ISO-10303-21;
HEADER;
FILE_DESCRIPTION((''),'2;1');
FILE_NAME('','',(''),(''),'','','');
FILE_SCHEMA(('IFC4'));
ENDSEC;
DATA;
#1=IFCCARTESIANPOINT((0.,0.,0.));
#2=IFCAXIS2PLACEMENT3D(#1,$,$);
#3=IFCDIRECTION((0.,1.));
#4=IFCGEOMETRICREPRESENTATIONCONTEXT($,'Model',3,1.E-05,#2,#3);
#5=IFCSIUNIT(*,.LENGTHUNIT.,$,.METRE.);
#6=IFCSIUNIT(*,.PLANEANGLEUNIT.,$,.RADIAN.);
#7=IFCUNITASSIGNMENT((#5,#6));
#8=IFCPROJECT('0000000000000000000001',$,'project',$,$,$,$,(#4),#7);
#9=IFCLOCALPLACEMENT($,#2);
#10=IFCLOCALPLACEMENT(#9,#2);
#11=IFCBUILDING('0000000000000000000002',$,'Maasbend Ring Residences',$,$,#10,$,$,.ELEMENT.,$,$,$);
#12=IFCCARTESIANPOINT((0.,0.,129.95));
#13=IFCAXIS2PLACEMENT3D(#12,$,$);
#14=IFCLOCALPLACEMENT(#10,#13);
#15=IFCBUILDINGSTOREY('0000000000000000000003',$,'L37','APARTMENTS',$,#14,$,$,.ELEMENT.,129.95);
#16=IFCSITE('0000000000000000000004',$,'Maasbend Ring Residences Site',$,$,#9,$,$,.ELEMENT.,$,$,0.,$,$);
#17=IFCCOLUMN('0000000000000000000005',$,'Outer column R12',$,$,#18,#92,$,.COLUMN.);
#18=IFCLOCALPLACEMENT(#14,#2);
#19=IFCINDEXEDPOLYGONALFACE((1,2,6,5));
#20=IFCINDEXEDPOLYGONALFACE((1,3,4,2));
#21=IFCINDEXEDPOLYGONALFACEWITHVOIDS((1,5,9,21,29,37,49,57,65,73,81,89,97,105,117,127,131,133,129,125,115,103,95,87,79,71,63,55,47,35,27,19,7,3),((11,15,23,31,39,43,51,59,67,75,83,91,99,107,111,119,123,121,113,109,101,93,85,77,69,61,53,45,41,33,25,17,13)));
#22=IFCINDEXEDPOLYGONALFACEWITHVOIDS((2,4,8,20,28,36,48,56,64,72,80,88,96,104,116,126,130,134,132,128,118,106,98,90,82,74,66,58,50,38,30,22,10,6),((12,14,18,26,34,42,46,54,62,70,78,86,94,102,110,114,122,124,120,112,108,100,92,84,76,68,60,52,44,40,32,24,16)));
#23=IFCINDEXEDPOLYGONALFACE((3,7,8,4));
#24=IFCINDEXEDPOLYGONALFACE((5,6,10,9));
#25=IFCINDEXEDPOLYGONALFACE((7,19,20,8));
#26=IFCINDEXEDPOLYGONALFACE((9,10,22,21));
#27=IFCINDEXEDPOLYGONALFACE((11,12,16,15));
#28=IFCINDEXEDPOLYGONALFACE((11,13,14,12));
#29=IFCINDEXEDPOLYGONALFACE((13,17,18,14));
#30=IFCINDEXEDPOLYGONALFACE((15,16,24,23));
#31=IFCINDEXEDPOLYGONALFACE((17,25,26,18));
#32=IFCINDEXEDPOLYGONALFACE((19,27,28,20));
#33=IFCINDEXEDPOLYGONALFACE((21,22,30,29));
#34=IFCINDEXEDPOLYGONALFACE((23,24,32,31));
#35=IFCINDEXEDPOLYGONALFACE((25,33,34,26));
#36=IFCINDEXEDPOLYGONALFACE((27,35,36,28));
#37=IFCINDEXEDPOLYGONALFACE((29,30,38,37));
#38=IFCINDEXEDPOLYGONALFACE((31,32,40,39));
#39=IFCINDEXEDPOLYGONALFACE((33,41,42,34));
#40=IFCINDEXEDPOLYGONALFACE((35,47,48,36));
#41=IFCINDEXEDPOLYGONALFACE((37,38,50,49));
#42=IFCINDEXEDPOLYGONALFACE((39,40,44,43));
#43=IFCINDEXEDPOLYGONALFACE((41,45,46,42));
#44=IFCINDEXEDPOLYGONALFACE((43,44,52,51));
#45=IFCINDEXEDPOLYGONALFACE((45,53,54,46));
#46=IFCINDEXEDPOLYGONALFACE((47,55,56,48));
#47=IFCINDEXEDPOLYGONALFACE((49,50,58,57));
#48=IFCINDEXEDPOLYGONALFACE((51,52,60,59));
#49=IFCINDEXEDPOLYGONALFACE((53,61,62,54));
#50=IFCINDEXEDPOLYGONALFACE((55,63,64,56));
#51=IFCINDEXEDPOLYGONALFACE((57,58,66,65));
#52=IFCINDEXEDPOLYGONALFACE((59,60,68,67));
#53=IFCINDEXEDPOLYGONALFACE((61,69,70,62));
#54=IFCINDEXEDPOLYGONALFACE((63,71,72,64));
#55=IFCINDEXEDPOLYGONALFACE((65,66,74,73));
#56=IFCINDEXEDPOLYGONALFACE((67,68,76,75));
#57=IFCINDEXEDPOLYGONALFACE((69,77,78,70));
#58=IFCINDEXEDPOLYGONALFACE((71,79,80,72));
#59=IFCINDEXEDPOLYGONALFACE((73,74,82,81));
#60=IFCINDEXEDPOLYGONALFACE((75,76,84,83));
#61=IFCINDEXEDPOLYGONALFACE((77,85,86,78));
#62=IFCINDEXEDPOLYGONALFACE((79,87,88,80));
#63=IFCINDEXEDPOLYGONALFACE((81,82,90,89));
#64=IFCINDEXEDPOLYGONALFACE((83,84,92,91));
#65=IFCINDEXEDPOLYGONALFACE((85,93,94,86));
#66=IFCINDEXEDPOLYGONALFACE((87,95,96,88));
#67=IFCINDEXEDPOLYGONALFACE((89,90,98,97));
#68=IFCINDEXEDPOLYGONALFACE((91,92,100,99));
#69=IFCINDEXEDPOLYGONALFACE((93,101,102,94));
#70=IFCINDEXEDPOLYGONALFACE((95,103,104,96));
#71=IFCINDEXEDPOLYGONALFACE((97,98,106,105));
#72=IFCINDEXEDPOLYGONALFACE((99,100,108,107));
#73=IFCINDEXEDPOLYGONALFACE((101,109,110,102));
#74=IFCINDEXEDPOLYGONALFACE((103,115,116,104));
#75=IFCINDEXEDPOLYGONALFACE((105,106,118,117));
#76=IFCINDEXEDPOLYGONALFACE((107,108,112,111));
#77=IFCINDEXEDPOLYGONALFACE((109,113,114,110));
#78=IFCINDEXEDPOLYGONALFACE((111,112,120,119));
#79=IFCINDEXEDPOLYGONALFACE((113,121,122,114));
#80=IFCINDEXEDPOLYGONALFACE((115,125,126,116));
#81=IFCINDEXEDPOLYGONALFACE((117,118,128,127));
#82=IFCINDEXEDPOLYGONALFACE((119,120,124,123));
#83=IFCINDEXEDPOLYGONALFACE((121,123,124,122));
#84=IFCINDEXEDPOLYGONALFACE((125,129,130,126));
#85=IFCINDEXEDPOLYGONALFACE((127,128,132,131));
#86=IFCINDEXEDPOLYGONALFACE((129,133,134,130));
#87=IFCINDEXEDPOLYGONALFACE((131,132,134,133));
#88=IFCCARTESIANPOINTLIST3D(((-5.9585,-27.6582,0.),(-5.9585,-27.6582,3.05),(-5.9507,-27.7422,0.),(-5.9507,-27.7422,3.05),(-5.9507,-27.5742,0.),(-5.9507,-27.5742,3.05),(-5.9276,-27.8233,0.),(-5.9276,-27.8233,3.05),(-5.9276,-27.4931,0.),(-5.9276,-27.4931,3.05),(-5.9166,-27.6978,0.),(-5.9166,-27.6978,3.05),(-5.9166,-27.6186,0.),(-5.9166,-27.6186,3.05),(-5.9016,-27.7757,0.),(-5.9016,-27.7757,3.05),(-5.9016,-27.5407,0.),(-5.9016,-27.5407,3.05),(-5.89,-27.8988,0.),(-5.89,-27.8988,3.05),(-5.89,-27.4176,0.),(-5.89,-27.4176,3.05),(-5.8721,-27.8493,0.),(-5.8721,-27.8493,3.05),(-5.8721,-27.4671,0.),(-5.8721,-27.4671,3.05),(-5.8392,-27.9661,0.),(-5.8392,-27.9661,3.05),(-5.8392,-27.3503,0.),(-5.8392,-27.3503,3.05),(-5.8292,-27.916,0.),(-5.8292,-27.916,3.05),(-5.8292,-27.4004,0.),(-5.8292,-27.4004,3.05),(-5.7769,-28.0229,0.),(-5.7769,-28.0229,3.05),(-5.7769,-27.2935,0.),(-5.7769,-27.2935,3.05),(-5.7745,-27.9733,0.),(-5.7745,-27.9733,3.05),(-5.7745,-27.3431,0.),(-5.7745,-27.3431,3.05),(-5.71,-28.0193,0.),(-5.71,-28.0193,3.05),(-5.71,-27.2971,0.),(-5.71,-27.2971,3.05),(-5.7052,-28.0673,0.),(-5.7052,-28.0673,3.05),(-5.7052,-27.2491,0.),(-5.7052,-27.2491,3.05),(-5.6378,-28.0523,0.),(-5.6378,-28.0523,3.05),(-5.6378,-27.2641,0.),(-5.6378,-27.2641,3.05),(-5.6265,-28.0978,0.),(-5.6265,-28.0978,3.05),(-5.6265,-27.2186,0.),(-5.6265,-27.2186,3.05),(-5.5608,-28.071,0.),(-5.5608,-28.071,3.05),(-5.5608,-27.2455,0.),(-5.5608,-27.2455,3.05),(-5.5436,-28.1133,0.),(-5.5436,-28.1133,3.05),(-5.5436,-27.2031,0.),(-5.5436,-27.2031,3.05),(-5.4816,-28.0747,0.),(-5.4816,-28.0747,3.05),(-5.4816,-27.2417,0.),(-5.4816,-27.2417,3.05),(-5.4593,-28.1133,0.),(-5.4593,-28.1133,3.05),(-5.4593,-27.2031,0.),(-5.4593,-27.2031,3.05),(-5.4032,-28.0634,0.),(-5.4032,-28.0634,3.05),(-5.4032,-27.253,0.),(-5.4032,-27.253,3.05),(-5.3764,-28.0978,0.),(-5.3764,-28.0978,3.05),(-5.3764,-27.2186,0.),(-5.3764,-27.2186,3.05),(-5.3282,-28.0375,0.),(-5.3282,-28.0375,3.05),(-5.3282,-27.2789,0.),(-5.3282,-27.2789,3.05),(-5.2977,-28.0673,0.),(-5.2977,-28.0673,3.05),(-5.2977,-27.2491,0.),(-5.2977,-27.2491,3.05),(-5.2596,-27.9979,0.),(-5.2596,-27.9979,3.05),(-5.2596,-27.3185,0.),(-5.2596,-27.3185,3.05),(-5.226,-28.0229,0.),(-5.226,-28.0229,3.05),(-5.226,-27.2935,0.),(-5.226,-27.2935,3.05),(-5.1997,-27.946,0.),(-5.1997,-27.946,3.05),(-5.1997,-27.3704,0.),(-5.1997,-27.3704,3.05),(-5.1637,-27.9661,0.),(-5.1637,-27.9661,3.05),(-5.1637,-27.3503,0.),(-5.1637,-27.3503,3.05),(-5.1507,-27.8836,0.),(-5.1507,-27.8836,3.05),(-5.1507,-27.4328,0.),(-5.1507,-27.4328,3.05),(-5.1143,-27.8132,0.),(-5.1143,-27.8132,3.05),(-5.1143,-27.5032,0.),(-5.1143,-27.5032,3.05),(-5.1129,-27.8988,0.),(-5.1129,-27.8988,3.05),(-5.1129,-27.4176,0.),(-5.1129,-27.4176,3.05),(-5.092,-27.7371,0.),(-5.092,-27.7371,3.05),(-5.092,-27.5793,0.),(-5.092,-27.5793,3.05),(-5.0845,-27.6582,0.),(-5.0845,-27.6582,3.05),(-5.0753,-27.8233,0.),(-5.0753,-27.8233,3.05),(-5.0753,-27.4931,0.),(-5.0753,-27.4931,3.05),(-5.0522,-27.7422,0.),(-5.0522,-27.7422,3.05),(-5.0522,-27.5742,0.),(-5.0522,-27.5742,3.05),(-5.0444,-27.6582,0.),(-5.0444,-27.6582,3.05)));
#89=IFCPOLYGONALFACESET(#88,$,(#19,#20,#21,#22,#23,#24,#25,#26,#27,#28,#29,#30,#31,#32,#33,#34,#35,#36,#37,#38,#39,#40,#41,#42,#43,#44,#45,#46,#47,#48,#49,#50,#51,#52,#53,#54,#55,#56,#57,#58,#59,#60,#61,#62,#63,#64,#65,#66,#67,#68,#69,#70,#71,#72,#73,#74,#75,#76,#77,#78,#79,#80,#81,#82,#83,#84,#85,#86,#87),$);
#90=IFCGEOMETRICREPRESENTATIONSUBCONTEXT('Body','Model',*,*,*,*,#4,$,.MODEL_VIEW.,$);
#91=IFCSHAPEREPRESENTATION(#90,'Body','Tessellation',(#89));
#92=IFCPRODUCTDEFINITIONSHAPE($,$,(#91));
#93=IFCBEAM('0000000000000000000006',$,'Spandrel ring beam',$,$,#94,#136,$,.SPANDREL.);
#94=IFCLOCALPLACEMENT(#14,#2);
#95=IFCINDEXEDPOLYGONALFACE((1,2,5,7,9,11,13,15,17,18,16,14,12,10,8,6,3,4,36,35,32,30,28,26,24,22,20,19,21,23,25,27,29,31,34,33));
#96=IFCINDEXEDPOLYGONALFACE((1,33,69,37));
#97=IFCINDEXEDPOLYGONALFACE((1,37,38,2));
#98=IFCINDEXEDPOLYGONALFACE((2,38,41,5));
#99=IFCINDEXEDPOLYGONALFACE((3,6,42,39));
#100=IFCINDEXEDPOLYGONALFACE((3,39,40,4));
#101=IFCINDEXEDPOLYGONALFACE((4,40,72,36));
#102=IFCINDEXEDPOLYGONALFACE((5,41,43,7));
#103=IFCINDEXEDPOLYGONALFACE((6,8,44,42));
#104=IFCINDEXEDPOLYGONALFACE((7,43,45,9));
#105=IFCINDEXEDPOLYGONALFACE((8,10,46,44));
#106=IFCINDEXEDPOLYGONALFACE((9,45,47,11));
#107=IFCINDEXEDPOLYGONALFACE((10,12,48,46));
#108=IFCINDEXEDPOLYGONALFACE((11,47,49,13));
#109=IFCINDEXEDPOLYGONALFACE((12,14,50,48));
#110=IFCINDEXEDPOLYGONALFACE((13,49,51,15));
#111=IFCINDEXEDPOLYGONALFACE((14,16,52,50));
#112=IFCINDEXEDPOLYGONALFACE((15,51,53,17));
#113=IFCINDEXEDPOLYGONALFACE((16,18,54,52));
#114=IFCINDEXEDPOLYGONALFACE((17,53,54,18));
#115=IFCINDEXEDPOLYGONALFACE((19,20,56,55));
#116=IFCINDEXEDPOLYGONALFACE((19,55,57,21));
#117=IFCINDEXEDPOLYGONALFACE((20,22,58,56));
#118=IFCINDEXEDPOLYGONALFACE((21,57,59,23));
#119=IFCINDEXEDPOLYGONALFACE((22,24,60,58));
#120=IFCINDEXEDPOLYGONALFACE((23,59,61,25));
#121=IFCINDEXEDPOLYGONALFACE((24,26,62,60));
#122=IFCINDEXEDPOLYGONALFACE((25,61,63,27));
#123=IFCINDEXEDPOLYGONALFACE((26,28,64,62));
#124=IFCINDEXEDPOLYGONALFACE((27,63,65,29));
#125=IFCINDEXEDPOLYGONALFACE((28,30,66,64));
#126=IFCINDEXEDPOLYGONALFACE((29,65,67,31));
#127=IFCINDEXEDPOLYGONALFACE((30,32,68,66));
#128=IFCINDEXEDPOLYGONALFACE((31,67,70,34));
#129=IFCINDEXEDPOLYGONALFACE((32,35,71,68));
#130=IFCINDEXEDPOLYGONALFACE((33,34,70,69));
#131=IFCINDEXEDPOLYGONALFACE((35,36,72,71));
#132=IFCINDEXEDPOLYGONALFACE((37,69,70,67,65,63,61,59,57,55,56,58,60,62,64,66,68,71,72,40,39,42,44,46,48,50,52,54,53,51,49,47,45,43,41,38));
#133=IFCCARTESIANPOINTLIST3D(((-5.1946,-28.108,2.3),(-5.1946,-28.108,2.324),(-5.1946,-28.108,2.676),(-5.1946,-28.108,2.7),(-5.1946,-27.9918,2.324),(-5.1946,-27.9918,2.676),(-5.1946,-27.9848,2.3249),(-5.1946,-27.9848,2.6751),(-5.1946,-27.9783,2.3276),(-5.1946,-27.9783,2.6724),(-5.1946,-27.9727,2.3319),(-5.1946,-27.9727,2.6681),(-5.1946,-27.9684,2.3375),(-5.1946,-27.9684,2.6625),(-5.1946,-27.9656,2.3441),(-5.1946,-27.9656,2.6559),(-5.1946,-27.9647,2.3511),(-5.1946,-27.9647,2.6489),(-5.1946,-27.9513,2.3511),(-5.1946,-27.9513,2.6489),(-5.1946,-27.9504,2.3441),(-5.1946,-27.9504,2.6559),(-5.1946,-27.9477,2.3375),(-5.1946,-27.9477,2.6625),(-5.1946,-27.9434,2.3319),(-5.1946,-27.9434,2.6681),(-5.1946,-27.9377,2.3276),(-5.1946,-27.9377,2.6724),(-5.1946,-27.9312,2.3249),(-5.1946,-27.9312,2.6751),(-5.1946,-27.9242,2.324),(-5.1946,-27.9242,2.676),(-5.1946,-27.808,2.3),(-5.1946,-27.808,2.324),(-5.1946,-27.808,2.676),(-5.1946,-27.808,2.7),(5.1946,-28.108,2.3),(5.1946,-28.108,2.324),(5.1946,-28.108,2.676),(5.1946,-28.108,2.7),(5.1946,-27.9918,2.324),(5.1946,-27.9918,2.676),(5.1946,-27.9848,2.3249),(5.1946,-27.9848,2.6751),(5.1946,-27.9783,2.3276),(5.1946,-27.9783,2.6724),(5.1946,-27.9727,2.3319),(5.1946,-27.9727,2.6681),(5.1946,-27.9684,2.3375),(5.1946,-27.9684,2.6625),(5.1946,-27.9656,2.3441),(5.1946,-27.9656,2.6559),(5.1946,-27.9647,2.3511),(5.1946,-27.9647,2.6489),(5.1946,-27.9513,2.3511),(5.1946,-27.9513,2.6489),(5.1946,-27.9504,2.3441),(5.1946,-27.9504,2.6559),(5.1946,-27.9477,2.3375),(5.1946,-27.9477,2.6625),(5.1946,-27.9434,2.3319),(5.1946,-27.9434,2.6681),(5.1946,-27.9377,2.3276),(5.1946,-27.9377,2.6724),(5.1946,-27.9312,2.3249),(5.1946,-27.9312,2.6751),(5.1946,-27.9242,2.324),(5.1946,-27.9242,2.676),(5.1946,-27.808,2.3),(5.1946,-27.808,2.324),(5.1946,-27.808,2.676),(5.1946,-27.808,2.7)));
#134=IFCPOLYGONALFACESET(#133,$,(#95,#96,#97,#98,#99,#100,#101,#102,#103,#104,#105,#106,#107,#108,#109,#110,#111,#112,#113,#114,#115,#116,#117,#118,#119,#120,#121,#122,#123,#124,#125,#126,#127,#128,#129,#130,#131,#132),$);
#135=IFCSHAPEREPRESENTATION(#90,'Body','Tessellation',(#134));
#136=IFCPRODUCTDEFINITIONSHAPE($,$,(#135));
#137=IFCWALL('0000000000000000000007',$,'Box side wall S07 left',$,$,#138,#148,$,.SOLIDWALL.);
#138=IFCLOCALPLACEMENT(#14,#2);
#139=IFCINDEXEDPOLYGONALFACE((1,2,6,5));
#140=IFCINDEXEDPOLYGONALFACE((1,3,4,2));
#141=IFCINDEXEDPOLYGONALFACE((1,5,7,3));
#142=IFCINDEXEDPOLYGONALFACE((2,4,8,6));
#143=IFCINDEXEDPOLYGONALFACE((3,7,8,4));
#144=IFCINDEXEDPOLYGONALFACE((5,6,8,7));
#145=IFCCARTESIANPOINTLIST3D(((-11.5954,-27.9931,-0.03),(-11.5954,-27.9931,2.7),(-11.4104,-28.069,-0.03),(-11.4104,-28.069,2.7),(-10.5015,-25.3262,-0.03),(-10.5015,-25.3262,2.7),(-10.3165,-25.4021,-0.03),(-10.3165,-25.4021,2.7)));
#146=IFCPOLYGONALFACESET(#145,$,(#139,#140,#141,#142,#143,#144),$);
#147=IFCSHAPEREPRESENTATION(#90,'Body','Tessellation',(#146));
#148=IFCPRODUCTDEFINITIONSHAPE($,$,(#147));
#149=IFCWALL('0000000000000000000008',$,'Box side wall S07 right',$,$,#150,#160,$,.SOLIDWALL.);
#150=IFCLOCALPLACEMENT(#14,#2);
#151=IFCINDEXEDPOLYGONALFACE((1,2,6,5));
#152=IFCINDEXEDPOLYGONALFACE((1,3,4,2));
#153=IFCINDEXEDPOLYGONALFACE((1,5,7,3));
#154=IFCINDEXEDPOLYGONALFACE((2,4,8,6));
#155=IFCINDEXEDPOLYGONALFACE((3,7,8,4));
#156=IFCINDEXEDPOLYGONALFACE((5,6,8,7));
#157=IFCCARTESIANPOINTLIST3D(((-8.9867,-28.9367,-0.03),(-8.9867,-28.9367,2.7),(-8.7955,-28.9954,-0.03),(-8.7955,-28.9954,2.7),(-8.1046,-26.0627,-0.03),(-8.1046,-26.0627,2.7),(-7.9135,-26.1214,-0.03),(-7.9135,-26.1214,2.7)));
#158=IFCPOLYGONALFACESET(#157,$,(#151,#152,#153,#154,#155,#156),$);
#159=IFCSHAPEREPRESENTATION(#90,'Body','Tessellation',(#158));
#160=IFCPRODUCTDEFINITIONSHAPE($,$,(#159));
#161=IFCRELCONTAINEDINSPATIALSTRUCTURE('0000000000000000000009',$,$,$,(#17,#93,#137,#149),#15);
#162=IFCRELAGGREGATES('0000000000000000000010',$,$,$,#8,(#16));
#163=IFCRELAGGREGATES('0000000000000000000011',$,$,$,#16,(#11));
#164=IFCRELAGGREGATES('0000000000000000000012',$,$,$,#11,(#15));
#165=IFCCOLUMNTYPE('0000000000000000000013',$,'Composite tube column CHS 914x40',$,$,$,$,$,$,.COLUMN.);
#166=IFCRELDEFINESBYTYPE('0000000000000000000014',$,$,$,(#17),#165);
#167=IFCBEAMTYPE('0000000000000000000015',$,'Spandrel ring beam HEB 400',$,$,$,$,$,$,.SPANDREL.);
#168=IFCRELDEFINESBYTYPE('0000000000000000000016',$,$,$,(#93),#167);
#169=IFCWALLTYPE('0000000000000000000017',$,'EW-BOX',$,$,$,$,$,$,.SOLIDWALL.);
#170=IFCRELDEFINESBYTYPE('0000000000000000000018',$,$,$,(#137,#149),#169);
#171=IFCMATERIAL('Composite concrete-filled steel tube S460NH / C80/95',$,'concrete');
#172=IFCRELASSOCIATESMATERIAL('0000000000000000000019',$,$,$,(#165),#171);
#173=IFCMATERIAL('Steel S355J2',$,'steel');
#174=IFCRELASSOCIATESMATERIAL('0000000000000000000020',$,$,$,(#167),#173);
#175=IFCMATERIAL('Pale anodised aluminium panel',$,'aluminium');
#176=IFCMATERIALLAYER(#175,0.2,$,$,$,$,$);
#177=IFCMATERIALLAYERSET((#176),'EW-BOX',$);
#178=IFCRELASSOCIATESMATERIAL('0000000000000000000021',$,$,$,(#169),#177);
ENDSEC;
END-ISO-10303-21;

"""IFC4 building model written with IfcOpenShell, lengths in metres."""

from ifc_helpers import new_model, si_unit, direction, frame, frame_2d, origin, origin_2d, place, context, subcontext, project, spatial, rectangle, hollow_circle, i_section, extrude, material, layer, layer_set, material_profile, profile_set, type_object, element, save


model = new_model("IFC4")

# Units and contexts
model_context = context("Model", 3, precision=1e-05, world=origin(), true_north=direction((0.0, 1.0)))
body_context = subcontext(model_context, "Body", "Model", "MODEL_VIEW")
ifc_project = project(units=[si_unit("LENGTHUNIT", "METRE"), si_unit("PLANEANGLEUNIT", "RADIAN")], contexts=[model_context])

# Site, building, storey
site_placement = place(None, origin())
site = spatial("IfcSite", under=ifc_project, at=site_placement, Name="Maasbend Ring Residences Site", CompositionType="ELEMENT", RefElevation=0.0)
building_placement = place(site_placement, origin())
building = spatial("IfcBuilding", under=site, at=building_placement, Name="Maasbend Ring Residences", CompositionType="ELEMENT")
storey_placement = place(building_placement, frame((0.0, 0.0, 129.95)))
storey = spatial("IfcBuildingStorey", under=building, at=storey_placement, Name="L37", Description="APARTMENTS", CompositionType="ELEMENT", Elevation=129.95)

# Column
ifc_material_1 = material(Name="Composite concrete-filled steel tube S460NH / C80/95", Category="concrete")
ifc_material_profile_1 = material_profile(ifc_material_1, hollow_circle(Radius=0.457, WallThickness=0.04, at=origin_2d()), Name="Composite tube column CHS 914x40")
ifc_profile_set_1 = profile_set([ifc_material_profile_1], Name="Composite concrete-filled steel tube S460NH / C80/95")
column_type = type_object("IfcColumnType", Name="Composite tube column CHS 914x40", PredefinedType="COLUMN", material=ifc_profile_set_1)
column_placement = place(storey_placement, frame((-5.5015, -27.6582, 0.0), z_axis=(0.0, 0.0, 1.0), x_axis=(1.0, 0.0, 0.0)))
element("IfcColumn", 1, at=column_placement, inside=storey, type_object=column_type, Name="Outer column R12", PredefinedType="COLUMN", context=body_context, shape_type="SweptSolid", body=[
    extrude(hollow_circle(Radius=0.457, WallThickness=0.04, at=origin_2d()), origin(), (0.0, 0.0, 1.0), 3.05),
])

# Beam
ifc_material_2 = material(Name="Steel S355J2", Category="steel")
ifc_material_profile_2 = material_profile(ifc_material_2, i_section(OverallWidth=0.3, OverallDepth=0.3999, WebThickness=0.0134, FlangeThickness=0.0239, FilletRadius=0.0271, at=origin_2d()), Name="HEB 400")
ifc_profile_set_2 = profile_set([ifc_material_profile_2], Name="Steel S355J2")
beam_type = type_object("IfcBeamType", Name="Spandrel ring beam HEB 400", PredefinedType="SPANDREL", material=ifc_profile_set_2)
beam_placement = place(storey_placement, frame((-5.1946, -27.958, 2.5), z_axis=(1.0, 0.0, 0.0), x_axis=(0.0, 1.0, 0.0)))
element("IfcBeam", 2, at=beam_placement, inside=storey, type_object=beam_type, Name="Spandrel ring beam", PredefinedType="SPANDREL", context=body_context, shape_type="SweptSolid", body=[
    extrude(i_section(OverallWidth=0.3, OverallDepth=0.3999, WebThickness=0.0134, FlangeThickness=0.0239, FilletRadius=0.0271, at=origin_2d()), origin(), (0.0, 0.0, 1.0), 10.3892),
])

# Walls
ifc_material_3 = material(Name="Pale anodised aluminium panel", Category="aluminium")
ifc_layer_1 = layer(ifc_material_3, 0.2)
ifc_layer_set_1 = layer_set([ifc_layer_1], Name="EW-BOX")
wall_type_1 = type_object("IfcWallType", Name="EW-BOX", PredefinedType="SOLIDWALL", material=ifc_layer_set_1)
wall_1_placement = place(storey_placement, frame((-10.4089, -25.364, -0.03), z_axis=(0.0, 0.0, 1.0), x_axis=(-0.37951, -0.925188, 0.0)))
element("IfcWall", 3, at=wall_1_placement, inside=storey, type_object=wall_type_1, Name="Box side wall S07 left", PredefinedType="SOLIDWALL", context=body_context, shape_type="SweptSolid", body=[
    extrude(rectangle(XDim=2.8826, YDim=0.2, at=frame_2d((1.4414, 0.0))), origin(), (0.0, 0.0, 1.0), 2.73),
])
wall_2_placement = place(storey_placement, frame((-8.009, -26.092, -0.03), z_axis=(0.0, 0.0, 1.0), x_axis=(-0.293407, -0.955988, 0.0)))
element("IfcWall", 4, at=wall_2_placement, inside=storey, type_object=wall_type_1, Name="Box side wall S07 right", PredefinedType="SOLIDWALL", context=body_context, shape_type="SweptSolid", body=[
    extrude(rectangle(XDim=3.0063, YDim=0.2, at=frame_2d((1.5032, 0.0))), origin(), (0.0, 0.0, 1.0), 2.73),
])

save(model, "model.ifc")
